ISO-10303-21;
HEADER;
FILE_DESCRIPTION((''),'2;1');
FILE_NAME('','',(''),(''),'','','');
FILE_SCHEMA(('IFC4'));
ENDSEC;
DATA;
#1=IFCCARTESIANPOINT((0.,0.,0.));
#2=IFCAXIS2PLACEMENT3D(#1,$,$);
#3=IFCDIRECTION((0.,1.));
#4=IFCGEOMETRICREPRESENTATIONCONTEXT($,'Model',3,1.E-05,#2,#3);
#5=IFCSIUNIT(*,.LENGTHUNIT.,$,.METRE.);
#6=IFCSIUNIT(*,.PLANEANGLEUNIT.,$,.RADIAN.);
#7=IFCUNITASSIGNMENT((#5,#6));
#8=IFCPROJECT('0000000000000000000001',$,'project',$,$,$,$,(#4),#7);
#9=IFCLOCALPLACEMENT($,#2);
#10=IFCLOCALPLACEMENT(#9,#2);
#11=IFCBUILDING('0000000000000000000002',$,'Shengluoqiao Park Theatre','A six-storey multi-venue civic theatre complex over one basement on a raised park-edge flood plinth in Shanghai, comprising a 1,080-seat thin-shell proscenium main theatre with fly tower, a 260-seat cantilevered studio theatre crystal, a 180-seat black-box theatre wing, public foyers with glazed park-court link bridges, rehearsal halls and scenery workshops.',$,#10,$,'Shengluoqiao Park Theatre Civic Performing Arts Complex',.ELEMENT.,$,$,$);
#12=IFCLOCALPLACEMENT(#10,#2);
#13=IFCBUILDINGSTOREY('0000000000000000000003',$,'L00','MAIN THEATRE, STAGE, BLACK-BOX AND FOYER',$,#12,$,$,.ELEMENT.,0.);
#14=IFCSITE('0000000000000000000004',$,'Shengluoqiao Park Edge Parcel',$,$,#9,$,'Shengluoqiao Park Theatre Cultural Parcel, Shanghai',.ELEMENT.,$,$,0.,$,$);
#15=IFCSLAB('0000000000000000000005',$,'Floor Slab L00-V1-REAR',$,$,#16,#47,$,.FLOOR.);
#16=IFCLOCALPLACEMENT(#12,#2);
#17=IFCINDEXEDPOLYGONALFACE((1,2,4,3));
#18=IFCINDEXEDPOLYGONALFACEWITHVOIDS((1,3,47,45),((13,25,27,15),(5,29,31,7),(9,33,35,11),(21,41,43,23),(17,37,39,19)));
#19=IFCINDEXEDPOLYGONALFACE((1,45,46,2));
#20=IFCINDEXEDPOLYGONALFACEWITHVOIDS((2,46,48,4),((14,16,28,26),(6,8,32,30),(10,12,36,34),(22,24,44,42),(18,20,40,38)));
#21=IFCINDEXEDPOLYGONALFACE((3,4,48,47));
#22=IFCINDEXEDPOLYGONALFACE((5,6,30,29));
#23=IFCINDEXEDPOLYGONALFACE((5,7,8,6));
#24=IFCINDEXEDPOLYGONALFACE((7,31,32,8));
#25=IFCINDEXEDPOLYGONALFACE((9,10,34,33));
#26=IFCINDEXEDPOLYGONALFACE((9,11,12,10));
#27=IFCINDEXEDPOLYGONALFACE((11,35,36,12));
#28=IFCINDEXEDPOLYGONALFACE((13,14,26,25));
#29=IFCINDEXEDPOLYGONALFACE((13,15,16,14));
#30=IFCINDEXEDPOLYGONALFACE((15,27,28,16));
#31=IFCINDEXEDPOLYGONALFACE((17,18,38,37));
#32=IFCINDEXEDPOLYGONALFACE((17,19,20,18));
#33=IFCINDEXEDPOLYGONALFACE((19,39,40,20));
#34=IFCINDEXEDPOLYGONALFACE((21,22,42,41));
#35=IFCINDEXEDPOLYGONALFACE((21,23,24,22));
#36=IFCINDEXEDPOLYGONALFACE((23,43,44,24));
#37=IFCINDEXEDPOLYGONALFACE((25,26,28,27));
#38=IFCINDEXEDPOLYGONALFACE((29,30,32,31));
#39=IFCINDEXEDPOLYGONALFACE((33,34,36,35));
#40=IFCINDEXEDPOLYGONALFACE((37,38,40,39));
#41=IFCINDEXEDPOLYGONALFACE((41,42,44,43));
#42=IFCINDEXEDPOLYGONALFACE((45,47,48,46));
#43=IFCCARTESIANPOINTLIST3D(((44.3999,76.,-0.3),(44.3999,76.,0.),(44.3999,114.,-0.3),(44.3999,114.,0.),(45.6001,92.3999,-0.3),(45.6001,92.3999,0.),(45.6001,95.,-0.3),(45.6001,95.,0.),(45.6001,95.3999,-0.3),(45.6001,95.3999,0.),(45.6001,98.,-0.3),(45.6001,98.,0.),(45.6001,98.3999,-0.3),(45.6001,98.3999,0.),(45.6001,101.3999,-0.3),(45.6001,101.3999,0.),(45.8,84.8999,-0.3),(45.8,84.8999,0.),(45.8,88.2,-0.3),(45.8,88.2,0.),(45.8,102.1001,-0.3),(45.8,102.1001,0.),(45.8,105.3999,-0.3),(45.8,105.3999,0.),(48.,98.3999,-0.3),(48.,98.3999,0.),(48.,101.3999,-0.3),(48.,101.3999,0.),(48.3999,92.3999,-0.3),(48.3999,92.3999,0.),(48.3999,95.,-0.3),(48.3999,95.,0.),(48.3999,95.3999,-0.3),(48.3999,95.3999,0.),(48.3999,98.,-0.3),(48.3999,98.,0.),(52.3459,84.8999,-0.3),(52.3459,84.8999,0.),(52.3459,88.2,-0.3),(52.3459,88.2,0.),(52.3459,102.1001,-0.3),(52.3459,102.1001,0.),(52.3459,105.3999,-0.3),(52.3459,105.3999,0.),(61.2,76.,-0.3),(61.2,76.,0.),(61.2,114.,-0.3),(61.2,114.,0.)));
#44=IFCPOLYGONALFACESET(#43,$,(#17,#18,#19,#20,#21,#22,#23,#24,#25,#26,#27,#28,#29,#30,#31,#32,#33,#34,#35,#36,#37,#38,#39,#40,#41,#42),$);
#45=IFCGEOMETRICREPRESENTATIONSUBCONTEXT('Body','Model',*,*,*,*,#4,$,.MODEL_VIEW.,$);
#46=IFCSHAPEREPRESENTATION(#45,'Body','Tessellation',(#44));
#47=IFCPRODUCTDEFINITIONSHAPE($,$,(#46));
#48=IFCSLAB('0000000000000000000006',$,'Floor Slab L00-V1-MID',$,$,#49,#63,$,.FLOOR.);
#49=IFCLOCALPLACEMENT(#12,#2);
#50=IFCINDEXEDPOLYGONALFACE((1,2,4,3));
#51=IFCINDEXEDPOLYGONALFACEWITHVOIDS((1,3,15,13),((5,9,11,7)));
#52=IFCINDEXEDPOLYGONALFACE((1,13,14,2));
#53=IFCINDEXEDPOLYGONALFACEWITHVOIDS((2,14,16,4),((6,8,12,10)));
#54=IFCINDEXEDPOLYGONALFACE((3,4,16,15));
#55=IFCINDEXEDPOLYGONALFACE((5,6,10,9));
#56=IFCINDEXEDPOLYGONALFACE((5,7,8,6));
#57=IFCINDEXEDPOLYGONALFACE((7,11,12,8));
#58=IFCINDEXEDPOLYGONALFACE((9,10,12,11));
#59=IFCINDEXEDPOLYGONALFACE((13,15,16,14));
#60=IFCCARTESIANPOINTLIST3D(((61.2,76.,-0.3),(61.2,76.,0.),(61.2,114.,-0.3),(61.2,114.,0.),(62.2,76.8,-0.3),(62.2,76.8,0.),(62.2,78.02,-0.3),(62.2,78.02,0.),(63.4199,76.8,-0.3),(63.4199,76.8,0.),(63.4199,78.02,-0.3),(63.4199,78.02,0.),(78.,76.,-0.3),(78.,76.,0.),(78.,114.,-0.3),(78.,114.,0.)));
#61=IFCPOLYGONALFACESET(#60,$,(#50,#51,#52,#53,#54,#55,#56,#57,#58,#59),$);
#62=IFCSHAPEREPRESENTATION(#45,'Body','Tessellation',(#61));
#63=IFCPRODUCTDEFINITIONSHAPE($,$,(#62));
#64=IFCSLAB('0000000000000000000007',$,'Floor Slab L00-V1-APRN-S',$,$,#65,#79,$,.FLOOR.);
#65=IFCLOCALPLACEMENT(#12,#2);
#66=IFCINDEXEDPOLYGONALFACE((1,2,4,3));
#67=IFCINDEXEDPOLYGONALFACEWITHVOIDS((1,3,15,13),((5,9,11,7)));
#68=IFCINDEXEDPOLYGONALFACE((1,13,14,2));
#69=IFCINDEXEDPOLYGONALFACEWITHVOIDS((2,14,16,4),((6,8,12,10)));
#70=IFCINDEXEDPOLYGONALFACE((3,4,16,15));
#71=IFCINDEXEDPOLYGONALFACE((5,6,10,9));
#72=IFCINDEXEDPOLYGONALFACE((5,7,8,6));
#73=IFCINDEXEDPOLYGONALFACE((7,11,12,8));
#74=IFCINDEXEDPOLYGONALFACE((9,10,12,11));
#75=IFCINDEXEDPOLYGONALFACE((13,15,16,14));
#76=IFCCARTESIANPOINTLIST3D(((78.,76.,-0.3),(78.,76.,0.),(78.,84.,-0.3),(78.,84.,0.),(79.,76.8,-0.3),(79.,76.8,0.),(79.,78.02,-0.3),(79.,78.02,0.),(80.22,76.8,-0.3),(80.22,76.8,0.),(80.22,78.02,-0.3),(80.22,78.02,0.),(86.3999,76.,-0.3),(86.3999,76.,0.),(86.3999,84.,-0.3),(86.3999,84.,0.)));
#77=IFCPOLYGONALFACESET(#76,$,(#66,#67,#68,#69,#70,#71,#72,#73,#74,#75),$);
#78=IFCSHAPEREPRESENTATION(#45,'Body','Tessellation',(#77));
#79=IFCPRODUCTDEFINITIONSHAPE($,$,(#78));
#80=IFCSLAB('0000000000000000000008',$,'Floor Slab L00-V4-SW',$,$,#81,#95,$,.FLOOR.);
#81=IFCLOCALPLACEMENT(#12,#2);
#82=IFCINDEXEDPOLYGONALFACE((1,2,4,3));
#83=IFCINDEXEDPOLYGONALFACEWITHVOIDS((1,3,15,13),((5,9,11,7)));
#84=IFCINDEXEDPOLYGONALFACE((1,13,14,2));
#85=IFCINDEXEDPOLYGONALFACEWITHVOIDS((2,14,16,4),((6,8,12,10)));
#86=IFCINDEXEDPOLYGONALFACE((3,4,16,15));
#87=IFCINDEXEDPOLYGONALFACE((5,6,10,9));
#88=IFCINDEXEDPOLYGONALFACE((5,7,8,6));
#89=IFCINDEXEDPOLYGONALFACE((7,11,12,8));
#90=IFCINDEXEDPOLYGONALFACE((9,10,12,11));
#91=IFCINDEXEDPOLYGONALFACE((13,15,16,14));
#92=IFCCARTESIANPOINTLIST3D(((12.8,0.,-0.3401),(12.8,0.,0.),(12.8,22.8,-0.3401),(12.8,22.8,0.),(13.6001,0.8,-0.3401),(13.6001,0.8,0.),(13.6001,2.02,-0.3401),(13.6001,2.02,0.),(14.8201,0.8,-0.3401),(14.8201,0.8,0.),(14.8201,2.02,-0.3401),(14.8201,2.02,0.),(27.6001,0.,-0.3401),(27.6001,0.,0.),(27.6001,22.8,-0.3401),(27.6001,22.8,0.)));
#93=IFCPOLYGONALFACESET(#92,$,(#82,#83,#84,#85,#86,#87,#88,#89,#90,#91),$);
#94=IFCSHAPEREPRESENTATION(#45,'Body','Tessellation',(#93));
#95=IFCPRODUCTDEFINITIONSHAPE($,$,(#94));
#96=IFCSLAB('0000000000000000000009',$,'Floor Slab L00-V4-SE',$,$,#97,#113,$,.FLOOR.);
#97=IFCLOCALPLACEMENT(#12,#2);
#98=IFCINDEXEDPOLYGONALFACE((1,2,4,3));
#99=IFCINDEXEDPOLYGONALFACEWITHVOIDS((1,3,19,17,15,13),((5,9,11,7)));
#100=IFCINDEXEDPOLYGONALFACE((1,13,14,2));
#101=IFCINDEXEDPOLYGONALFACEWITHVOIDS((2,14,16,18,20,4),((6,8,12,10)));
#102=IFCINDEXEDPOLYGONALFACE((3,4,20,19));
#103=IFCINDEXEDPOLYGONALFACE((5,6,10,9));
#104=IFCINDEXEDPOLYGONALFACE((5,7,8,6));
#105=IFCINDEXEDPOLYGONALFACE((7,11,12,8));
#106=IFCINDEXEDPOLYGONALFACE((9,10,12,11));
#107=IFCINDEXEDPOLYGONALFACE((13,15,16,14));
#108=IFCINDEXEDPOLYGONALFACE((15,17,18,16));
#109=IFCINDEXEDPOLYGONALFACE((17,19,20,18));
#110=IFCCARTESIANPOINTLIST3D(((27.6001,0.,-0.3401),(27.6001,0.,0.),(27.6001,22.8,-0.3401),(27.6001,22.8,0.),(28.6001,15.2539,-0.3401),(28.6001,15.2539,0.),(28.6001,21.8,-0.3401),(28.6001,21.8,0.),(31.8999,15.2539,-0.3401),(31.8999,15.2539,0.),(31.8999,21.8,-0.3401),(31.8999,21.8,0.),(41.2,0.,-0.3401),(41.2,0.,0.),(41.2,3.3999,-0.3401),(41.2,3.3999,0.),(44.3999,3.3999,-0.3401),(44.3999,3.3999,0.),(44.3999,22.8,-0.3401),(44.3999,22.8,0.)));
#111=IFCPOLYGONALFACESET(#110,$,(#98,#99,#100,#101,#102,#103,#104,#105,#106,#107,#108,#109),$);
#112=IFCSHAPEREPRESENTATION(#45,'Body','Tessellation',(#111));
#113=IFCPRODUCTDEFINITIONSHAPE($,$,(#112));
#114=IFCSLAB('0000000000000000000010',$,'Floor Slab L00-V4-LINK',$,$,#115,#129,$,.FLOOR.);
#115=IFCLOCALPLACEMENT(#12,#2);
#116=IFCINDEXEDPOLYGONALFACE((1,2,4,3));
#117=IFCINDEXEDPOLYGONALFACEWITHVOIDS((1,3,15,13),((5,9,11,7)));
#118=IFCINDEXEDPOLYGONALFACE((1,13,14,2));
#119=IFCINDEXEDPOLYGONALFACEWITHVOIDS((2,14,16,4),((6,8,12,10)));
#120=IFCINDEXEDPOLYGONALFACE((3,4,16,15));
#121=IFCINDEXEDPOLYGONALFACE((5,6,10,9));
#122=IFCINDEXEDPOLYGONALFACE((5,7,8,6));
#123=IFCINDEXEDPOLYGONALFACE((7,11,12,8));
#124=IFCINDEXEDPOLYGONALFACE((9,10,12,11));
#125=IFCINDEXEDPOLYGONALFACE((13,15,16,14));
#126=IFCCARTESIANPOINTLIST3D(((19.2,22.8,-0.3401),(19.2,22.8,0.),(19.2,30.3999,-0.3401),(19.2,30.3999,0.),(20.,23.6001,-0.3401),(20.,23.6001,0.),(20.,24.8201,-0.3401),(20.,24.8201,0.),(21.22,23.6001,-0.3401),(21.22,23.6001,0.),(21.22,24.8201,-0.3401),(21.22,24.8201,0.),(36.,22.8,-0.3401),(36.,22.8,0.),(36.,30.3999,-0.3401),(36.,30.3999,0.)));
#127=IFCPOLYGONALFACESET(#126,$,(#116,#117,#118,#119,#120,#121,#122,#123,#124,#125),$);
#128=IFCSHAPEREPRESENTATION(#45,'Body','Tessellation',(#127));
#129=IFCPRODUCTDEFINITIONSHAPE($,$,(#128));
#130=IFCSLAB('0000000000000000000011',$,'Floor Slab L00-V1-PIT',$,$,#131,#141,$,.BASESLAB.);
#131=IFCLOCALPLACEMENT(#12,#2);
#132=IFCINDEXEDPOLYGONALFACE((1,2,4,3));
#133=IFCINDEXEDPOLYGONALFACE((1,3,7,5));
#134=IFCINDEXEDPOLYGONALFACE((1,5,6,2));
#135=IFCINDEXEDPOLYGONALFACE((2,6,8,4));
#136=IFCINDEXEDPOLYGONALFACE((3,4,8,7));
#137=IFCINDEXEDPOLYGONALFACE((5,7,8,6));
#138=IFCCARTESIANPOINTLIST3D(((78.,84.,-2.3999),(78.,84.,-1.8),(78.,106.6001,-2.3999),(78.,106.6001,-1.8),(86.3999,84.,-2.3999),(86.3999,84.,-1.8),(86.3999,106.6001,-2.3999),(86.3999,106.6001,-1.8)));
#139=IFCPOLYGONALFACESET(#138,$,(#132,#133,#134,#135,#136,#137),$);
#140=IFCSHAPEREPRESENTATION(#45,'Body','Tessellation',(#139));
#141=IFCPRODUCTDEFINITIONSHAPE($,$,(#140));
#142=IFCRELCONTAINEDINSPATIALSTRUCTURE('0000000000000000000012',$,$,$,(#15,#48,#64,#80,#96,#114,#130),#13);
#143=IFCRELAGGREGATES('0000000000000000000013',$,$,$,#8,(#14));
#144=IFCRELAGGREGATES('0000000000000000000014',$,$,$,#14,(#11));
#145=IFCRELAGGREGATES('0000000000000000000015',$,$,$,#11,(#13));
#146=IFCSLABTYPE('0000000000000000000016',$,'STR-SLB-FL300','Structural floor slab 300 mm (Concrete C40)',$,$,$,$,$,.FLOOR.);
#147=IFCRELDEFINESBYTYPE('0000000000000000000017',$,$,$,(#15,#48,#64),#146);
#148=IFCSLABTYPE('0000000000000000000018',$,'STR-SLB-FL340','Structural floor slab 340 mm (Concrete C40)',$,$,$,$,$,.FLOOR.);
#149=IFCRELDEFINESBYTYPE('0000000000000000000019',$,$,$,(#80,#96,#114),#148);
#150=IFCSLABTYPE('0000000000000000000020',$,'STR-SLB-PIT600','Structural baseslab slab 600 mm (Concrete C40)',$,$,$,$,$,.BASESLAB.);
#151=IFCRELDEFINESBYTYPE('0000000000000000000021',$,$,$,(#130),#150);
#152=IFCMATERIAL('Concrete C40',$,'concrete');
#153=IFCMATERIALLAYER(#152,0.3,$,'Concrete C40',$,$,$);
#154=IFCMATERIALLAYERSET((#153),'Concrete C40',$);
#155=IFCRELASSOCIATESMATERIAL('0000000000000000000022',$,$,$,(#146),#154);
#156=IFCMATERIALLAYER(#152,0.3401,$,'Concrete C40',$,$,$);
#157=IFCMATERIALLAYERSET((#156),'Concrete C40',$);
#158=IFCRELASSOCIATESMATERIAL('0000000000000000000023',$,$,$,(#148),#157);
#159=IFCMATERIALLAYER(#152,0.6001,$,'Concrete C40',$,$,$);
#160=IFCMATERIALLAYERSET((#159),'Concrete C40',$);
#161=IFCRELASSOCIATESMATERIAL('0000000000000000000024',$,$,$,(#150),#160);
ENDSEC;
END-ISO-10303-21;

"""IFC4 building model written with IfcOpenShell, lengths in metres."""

from ifc_helpers import new_model, si_unit, direction, frame, origin, place, context, subcontext, project, spatial, polyline, outline, extrude, material, layer, layer_set, type_object, element, save


model = new_model("IFC4")

# Units and contexts
model_context = context("Model", 3, precision=1e-05, world=origin(), true_north=direction((0.0, 1.0)))
body_context = subcontext(model_context, "Body", "Model", "MODEL_VIEW")
ifc_project = project(units=[si_unit("LENGTHUNIT", "METRE"), si_unit("PLANEANGLEUNIT", "RADIAN")], contexts=[model_context])

# Site, building, storey
site_placement = place(None, origin())
site = spatial("IfcSite", under=ifc_project, at=site_placement, Name="Shengluoqiao Park Edge Parcel", LongName="Shengluoqiao Park Theatre Cultural Parcel, Shanghai", CompositionType="ELEMENT", RefElevation=0.0)
building_placement = place(site_placement, origin())
building = spatial("IfcBuilding", under=site, at=building_placement, Name="Shengluoqiao Park Theatre", Description="A six-storey multi-venue civic theatre complex over one basement on a raised park-edge flood plinth in Shanghai, comprising a 1,080-seat thin-shell proscenium main theatre with fly tower, a 260-seat cantilevered studio theatre crystal, a 180-seat black-box theatre wing, public foyers with glazed park-court link bridges, rehearsal halls and scenery workshops.", LongName="Shengluoqiao Park Theatre Civic Performing Arts Complex", CompositionType="ELEMENT")
storey_placement = place(building_placement, origin())
storey = spatial("IfcBuildingStorey", under=building, at=storey_placement, Name="L00", Description="MAIN THEATRE, STAGE, BLACK-BOX AND FOYER", CompositionType="ELEMENT", Elevation=0.0)

# Shared definitions
ifc_material = material(Name="Concrete C40", Category="concrete")

# Slabs
ifc_layer_1 = layer(ifc_material, 0.3, Name="Concrete C40")
ifc_layer_set_1 = layer_set([ifc_layer_1], Name="Concrete C40")
slab_type_1 = type_object("IfcSlabType", Name="STR-SLB-FL300", Description="Structural floor slab 300 mm (Concrete C40)", PredefinedType="FLOOR", material=ifc_layer_set_1)
slab_1_placement = place(storey_placement, frame((0.0, 0.0, -0.3)))
element("IfcSlab", 1, at=slab_1_placement, inside=storey, type_object=slab_type_1, Name="Floor Slab L00-V1-REAR", PredefinedType="FLOOR", context=body_context, shape_type="SweptSolid", body=[
    extrude(outline(polyline([(44.3999, 76.0), (44.3999, 114.0), (61.2, 114.0), (61.2, 76.0), (44.3999, 76.0)]), holes=[polyline([(52.3459, 88.2), (45.8, 88.2), (45.8, 84.8999), (52.3459, 84.8999), (52.3459, 88.2)]), polyline([(48.3999, 92.3999), (48.3999, 95.0), (45.6001, 95.0), (45.6001, 92.3999), (48.3999, 92.3999)]), polyline([(48.3999, 98.0), (45.6001, 98.0), (45.6001, 95.3999), (48.3999, 95.3999), (48.3999, 98.0)]), polyline([(48.0, 98.3999), (48.0, 101.3999), (45.6001, 101.3999), (45.6001, 98.3999), (48.0, 98.3999)]), polyline([(52.3459, 105.3999), (45.8, 105.3999), (45.8, 102.1001), (52.3459, 102.1001), (52.3459, 105.3999)])]), origin(), (0.0, 0.0, 1.0), 0.3),
])
slab_2_placement = place(storey_placement, frame((0.0, 0.0, -0.3)))
element("IfcSlab", 2, at=slab_2_placement, inside=storey, type_object=slab_type_1, Name="Floor Slab L00-V1-MID", PredefinedType="FLOOR", context=body_context, shape_type="SweptSolid", body=[
    extrude(outline(polyline([(61.2, 76.0), (61.2, 114.0), (78.0, 114.0), (78.0, 76.0), (61.2, 76.0)]), holes=[polyline([(63.4199, 78.02), (62.2, 78.02), (62.2, 76.8), (63.4199, 76.8), (63.4199, 78.02)])]), origin(), (0.0, 0.0, 1.0), 0.3),
])
slab_3_placement = place(storey_placement, frame((0.0, 0.0, -0.3)))
element("IfcSlab", 3, at=slab_3_placement, inside=storey, type_object=slab_type_1, Name="Floor Slab L00-V1-APRN-S", PredefinedType="FLOOR", context=body_context, shape_type="SweptSolid", body=[
    extrude(outline(polyline([(78.0, 76.0), (78.0, 84.0), (86.3999, 84.0), (86.3999, 76.0), (78.0, 76.0)]), holes=[polyline([(80.22, 78.02), (79.0, 78.02), (79.0, 76.8), (80.22, 76.8), (80.22, 78.02)])]), origin(), (0.0, 0.0, 1.0), 0.3),
])
ifc_layer_2 = layer(ifc_material, 0.3401, Name="Concrete C40")
ifc_layer_set_2 = layer_set([ifc_layer_2], Name="Concrete C40")
slab_type_2 = type_object("IfcSlabType", Name="STR-SLB-FL340", Description="Structural floor slab 340 mm (Concrete C40)", PredefinedType="FLOOR", material=ifc_layer_set_2)
slab_4_placement = place(storey_placement, frame((0.0, 0.0, -0.3401)))
element("IfcSlab", 4, at=slab_4_placement, inside=storey, type_object=slab_type_2, Name="Floor Slab L00-V4-SW", PredefinedType="FLOOR", context=body_context, shape_type="SweptSolid", body=[
    extrude(outline(polyline([(12.8, 0.0), (12.8, 22.8), (27.6001, 22.8), (27.6001, 0.0), (12.8, 0.0)]), holes=[polyline([(14.8201, 2.02), (13.6001, 2.02), (13.6001, 0.8), (14.8201, 0.8), (14.8201, 2.02)])]), origin(), (0.0, 0.0, 1.0), 0.3401),
])
slab_5_placement = place(storey_placement, frame((0.0, 0.0, -0.3401)))
element("IfcSlab", 5, at=slab_5_placement, inside=storey, type_object=slab_type_2, Name="Floor Slab L00-V4-SE", PredefinedType="FLOOR", context=body_context, shape_type="SweptSolid", body=[
    extrude(outline(polyline([(27.6001, 22.8), (44.3999, 22.8), (44.3999, 3.3999), (41.2, 3.3999), (41.2, 0.0), (27.6001, 0.0), (27.6001, 22.8)]), holes=[polyline([(31.8999, 21.8), (28.6001, 21.8), (28.6001, 15.2539), (31.8999, 15.2539), (31.8999, 21.8)])]), origin(), (0.0, 0.0, 1.0), 0.3401),
])
slab_6_placement = place(storey_placement, frame((0.0, 0.0, -0.3401)))
element("IfcSlab", 6, at=slab_6_placement, inside=storey, type_object=slab_type_2, Name="Floor Slab L00-V4-LINK", PredefinedType="FLOOR", context=body_context, shape_type="SweptSolid", body=[
    extrude(outline(polyline([(19.2, 22.8), (19.2, 30.3999), (36.0, 30.3999), (36.0, 22.8), (19.2, 22.8)]), holes=[polyline([(21.22, 24.8201), (20.0, 24.8201), (20.0, 23.6001), (21.22, 23.6001), (21.22, 24.8201)])]), origin(), (0.0, 0.0, 1.0), 0.3401),
])
ifc_layer_3 = layer(ifc_material, 0.6001, Name="Concrete C40")
ifc_layer_set_3 = layer_set([ifc_layer_3], Name="Concrete C40")
slab_type_3 = type_object("IfcSlabType", Name="STR-SLB-PIT600", Description="Structural baseslab slab 600 mm (Concrete C40)", PredefinedType="BASESLAB", material=ifc_layer_set_3)
slab_7_placement = place(storey_placement, frame((0.0, 0.0, -2.3999)))
element("IfcSlab", 7, at=slab_7_placement, inside=storey, type_object=slab_type_3, Name="Floor Slab L00-V1-PIT", PredefinedType="BASESLAB", context=body_context, shape_type="SweptSolid", body=[
    extrude(outline(polyline([(78.0, 84.0), (78.0, 106.6001), (86.3999, 106.6001), (86.3999, 84.0), (78.0, 84.0)])), origin(), (0.0, 0.0, 1.0), 0.5999),
])

save(model, "model.ifc")
